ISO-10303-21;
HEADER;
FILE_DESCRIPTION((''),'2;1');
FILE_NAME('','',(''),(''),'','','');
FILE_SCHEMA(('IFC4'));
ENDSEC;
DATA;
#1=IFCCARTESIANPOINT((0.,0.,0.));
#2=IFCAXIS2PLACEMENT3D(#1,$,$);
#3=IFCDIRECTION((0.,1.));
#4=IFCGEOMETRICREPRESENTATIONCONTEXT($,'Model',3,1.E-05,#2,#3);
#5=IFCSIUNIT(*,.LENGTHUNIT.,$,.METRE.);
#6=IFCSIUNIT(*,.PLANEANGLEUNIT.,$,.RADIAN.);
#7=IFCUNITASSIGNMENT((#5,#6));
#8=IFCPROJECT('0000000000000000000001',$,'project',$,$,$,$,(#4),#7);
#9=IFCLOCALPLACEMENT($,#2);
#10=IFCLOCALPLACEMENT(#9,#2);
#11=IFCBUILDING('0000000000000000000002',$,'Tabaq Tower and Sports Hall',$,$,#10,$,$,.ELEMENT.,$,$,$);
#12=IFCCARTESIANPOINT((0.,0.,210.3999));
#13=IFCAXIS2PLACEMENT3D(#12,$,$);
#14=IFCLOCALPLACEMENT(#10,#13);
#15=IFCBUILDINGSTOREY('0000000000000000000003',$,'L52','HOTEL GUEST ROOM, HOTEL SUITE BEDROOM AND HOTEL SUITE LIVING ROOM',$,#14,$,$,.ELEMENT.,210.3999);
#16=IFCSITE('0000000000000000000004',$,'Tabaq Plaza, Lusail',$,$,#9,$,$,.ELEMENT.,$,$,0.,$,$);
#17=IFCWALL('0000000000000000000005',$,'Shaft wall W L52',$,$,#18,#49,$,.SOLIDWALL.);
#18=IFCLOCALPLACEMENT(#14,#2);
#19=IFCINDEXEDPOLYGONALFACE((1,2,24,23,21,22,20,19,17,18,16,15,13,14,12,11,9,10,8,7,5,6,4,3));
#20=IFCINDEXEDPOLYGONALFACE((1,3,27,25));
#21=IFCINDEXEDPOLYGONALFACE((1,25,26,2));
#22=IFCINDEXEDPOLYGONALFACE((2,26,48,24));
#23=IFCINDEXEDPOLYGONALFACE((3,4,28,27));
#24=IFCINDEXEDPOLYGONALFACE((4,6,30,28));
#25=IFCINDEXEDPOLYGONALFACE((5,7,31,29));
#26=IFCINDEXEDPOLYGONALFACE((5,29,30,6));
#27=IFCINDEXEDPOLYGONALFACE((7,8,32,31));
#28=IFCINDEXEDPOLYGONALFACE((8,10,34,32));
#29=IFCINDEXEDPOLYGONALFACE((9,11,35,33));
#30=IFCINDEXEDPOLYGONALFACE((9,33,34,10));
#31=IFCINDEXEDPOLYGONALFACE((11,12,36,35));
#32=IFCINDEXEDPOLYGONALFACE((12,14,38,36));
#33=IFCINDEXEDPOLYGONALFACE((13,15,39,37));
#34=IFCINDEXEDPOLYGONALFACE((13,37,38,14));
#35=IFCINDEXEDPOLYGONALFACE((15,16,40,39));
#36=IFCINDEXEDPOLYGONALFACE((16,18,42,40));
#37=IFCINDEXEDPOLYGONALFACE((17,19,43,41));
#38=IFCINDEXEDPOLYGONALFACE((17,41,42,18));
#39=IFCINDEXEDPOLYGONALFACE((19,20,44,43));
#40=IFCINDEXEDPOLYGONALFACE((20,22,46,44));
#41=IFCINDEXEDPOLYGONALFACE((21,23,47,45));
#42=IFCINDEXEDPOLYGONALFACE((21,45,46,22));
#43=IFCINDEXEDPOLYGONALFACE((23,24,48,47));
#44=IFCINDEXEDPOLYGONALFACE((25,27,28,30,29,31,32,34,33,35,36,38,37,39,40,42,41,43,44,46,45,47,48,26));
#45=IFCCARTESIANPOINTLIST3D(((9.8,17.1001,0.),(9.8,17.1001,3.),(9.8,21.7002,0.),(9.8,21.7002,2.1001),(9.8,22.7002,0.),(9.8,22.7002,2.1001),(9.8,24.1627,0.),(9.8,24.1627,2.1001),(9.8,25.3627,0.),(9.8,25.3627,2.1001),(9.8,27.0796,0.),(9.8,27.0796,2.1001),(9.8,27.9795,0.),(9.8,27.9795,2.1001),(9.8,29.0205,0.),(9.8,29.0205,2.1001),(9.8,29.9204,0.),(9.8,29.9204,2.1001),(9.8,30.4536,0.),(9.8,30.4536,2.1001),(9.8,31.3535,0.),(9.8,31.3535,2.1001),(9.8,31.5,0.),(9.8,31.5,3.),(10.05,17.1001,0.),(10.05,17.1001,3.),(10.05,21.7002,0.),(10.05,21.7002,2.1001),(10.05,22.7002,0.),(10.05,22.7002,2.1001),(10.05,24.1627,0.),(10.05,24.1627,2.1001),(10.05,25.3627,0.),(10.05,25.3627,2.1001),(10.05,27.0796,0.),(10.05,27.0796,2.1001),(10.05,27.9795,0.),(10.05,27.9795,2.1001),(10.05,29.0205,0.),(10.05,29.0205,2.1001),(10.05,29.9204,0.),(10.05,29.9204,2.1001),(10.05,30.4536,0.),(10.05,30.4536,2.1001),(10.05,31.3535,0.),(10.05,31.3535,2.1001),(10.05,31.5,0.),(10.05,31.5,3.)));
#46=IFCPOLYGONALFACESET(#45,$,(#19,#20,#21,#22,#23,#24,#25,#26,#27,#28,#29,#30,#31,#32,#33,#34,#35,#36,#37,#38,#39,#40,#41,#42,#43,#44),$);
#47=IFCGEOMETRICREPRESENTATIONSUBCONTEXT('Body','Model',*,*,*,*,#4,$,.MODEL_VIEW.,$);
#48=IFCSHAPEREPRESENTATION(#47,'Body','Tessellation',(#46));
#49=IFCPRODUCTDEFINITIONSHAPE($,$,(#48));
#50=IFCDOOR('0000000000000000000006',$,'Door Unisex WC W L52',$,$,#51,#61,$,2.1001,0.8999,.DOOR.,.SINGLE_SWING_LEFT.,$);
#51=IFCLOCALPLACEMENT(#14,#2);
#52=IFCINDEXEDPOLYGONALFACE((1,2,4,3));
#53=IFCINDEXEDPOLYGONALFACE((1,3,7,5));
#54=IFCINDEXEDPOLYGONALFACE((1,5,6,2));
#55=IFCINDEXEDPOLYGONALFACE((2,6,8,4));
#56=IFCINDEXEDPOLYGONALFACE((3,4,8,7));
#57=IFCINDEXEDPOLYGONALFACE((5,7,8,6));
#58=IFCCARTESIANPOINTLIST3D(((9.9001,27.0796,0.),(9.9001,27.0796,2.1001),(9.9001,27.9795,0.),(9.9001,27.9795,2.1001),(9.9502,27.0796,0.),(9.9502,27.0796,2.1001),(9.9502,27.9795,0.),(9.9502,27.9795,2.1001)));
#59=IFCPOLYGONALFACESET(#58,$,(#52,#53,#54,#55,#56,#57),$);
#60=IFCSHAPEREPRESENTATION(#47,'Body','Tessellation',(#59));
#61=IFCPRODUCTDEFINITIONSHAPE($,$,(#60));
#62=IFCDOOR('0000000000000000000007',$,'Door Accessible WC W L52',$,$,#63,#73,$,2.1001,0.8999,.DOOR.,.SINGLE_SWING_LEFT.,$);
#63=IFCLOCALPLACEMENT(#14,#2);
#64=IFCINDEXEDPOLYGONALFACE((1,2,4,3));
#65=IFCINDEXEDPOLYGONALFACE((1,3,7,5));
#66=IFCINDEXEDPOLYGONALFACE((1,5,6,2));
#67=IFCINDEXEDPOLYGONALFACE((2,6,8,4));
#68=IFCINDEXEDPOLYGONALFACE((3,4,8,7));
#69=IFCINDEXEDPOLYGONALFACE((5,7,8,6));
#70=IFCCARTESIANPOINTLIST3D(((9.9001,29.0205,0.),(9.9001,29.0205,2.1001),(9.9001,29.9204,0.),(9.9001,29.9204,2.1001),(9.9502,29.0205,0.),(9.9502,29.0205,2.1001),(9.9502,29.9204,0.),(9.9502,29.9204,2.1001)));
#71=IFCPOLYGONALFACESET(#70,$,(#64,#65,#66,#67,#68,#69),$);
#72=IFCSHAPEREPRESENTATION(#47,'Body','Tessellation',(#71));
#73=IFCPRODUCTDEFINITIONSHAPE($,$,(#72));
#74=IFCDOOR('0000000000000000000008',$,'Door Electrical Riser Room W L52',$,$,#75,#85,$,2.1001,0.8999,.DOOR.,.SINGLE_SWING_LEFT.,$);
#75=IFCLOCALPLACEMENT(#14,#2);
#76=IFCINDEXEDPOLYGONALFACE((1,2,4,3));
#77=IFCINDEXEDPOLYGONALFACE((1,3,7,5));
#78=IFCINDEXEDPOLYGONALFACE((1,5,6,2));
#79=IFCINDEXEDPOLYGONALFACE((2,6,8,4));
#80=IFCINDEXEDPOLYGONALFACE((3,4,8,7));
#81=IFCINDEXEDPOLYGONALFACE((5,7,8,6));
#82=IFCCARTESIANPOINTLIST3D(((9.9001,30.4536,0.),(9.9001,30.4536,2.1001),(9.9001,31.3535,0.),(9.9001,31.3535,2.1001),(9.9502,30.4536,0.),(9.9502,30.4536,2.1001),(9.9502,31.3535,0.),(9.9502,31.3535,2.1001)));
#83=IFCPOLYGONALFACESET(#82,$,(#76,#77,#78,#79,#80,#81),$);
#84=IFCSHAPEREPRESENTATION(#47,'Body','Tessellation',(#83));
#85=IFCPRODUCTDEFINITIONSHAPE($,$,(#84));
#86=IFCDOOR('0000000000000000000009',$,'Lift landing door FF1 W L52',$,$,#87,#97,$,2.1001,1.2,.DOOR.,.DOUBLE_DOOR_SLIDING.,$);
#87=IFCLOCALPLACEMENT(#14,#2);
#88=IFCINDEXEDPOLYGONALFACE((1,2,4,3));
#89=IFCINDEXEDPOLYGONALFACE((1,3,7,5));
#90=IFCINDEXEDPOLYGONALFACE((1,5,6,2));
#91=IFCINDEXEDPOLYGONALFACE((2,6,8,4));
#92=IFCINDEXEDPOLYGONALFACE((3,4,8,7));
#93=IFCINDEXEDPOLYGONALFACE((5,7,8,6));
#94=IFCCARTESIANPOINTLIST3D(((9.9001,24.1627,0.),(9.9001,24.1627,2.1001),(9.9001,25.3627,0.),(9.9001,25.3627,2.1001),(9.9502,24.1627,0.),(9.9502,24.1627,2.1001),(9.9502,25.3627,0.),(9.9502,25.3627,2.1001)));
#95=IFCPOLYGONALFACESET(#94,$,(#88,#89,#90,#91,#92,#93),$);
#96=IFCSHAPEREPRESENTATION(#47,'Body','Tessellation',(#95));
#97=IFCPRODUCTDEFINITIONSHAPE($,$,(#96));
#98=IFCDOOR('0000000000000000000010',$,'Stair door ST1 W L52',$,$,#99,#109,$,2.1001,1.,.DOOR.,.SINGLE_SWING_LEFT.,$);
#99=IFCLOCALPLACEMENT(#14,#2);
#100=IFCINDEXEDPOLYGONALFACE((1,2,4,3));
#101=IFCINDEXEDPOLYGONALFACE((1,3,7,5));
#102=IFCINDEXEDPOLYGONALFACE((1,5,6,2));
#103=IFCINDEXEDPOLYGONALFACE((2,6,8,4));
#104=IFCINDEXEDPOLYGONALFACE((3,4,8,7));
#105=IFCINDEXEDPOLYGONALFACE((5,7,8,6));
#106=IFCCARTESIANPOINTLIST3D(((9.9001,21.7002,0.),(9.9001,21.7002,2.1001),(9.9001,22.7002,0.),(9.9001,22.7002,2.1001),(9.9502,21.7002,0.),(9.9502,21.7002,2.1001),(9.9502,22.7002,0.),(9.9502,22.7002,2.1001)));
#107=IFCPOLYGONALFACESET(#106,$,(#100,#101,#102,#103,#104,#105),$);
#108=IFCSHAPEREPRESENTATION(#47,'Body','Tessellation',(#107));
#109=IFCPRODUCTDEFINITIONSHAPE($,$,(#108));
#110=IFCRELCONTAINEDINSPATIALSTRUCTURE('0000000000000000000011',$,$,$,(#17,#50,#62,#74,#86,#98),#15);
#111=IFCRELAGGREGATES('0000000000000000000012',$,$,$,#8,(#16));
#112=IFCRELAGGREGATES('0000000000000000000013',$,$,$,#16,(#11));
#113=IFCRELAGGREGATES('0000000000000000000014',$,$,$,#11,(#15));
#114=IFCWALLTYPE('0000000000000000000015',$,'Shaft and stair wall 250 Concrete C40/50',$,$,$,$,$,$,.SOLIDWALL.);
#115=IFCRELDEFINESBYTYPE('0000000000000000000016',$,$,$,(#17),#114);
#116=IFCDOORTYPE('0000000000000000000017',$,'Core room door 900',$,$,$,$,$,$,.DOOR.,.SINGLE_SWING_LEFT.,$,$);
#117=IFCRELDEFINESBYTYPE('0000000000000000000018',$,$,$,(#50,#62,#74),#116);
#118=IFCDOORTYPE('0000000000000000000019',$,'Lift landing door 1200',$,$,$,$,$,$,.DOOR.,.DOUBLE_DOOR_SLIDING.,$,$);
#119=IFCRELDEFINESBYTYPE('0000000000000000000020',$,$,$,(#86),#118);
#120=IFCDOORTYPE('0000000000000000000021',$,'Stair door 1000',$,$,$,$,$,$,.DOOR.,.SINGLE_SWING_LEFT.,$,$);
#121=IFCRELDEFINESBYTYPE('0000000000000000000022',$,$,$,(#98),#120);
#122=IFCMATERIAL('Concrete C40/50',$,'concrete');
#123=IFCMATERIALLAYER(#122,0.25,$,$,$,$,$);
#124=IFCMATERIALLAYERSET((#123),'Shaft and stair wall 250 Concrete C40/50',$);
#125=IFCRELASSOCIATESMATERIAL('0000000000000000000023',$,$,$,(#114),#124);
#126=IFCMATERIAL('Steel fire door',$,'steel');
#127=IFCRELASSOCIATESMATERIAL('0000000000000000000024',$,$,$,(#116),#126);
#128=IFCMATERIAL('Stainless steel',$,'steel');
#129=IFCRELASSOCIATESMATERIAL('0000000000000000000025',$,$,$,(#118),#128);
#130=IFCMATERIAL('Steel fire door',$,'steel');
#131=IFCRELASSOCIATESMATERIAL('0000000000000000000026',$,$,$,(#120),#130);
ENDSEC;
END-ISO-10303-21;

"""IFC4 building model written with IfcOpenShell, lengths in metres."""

from ifc_helpers import new_model, si_unit, direction, frame, frame_2d, origin, place, context, subcontext, project, spatial, rectangle, extrude, material, layer, layer_set, type_object, element, fill, save


model = new_model("IFC4")

# Units and contexts
model_context = context("Model", 3, precision=1e-05, world=origin(), true_north=direction((0.0, 1.0)))
body_context = subcontext(model_context, "Body", "Model", "MODEL_VIEW")
ifc_project = project(units=[si_unit("LENGTHUNIT", "METRE"), si_unit("PLANEANGLEUNIT", "RADIAN")], contexts=[model_context])

# Site, building, storey
site_placement = place(None, origin())
site = spatial("IfcSite", under=ifc_project, at=site_placement, Name="Tabaq Plaza, Lusail", CompositionType="ELEMENT", RefElevation=0.0)
building_placement = place(site_placement, origin())
building = spatial("IfcBuilding", under=site, at=building_placement, Name="Tabaq Tower and Sports Hall", CompositionType="ELEMENT")
storey_placement = place(building_placement, frame((0.0, 0.0, 210.3999)))
storey = spatial("IfcBuildingStorey", under=building, at=storey_placement, Name="L52", Description="HOTEL GUEST ROOM, HOTEL SUITE BEDROOM AND HOTEL SUITE LIVING ROOM", CompositionType="ELEMENT", Elevation=210.3999)

# Wall, openings, doors
ifc_material_1 = material(Name="Concrete C40/50", Category="concrete")
ifc_layer_1 = layer(ifc_material_1, 0.25)
ifc_layer_set_1 = layer_set([ifc_layer_1], Name="Shaft and stair wall 250 Concrete C40/50")
wall_type_1 = type_object("IfcWallType", Name="Shaft and stair wall 250 Concrete C40/50", PredefinedType="SOLIDWALL", material=ifc_layer_set_1)
wall_1_placement = place(storey_placement, frame((9.925, 17.1001, 0.0), z_axis=(0.0, 0.0, 1.0), x_axis=(0.0, 1.0, 0.0)))
wall_1 = element("IfcWall", 1, at=wall_1_placement, inside=storey, type_object=wall_type_1, Name="Shaft wall W L52", PredefinedType="SOLIDWALL", context=body_context, shape_type="SweptSolid", body=[
    extrude(rectangle(XDim=14.3999, YDim=0.25, at=frame_2d((7.2, 0.0))), origin(), (0.0, 0.0, 1.0), 3.0),
])
opening_1_placement = place(wall_1_placement, frame((4.6001, 0.0, 0.0)))
opening_1 = element("IfcOpeningElement", 2, at=opening_1_placement, cuts=wall_1, PredefinedType="OPENING", context=body_context, shape_type="SweptSolid", body=[
    extrude(rectangle(XDim=1.0, YDim=2.1001, at=frame_2d((0.5, 1.05))), frame((0.0, 0.125, 0.0), z_axis=(0.0, -1.0, 0.0), x_axis=(1.0, 0.0, 0.0)), (0.0, 0.0, 1.0), 0.25),
])
opening_2_placement = place(wall_1_placement, frame((7.0625, 0.0, 0.0)))
opening_2 = element("IfcOpeningElement", 3, at=opening_2_placement, cuts=wall_1, PredefinedType="OPENING", context=body_context, shape_type="SweptSolid", body=[
    extrude(rectangle(XDim=1.2, YDim=2.1001, at=frame_2d((0.6001, 1.05))), frame((0.0, 0.125, 0.0), z_axis=(0.0, -1.0, 0.0), x_axis=(1.0, 0.0, 0.0)), (0.0, 0.0, 1.0), 0.25),
])
opening_3_placement = place(wall_1_placement, frame((9.9795, 0.0, 0.0)))
opening_3 = element("IfcOpeningElement", 4, at=opening_3_placement, cuts=wall_1, PredefinedType="OPENING", context=body_context, shape_type="SweptSolid", body=[
    extrude(rectangle(XDim=0.8999, YDim=2.1001, at=frame_2d((0.45, 1.05))), frame((0.0, 0.125, 0.0), z_axis=(0.0, -1.0, 0.0), x_axis=(1.0, 0.0, 0.0)), (0.0, 0.0, 1.0), 0.25),
])
opening_4_placement = place(wall_1_placement, frame((11.9204, 0.0, 0.0)))
opening_4 = element("IfcOpeningElement", 5, at=opening_4_placement, cuts=wall_1, PredefinedType="OPENING", context=body_context, shape_type="SweptSolid", body=[
    extrude(rectangle(XDim=0.8999, YDim=2.1001, at=frame_2d((0.45, 1.05))), frame((0.0, 0.125, 0.0), z_axis=(0.0, -1.0, 0.0), x_axis=(1.0, 0.0, 0.0)), (0.0, 0.0, 1.0), 0.25),
])
opening_5_placement = place(wall_1_placement, frame((13.3535, 0.0, 0.0)))
opening_5 = element("IfcOpeningElement", 6, at=opening_5_placement, cuts=wall_1, PredefinedType="OPENING", context=body_context, shape_type="SweptSolid", body=[
    extrude(rectangle(XDim=0.8999, YDim=2.1001, at=frame_2d((0.45, 1.05))), frame((0.0, 0.125, 0.0), z_axis=(0.0, -1.0, 0.0), x_axis=(1.0, 0.0, 0.0)), (0.0, 0.0, 1.0), 0.25),
])
ifc_material_2 = material(Name="Steel fire door", Category="steel")
door_type_1 = type_object("IfcDoorType", Name="Core room door 900", OperationType="SINGLE_SWING_LEFT", PredefinedType="DOOR", material=ifc_material_2)
door_1_placement = place(opening_3_placement, origin())
door_1 = element("IfcDoor", 7, at=door_1_placement, inside=storey, type_object=door_type_1, Name="Door Unisex WC W L52", OperationType="SINGLE_SWING_LEFT", OverallHeight=2.1001, OverallWidth=0.8999, PredefinedType="DOOR", context=body_context, shape_type="SweptSolid", body=[
    extrude(rectangle(XDim=0.8999, YDim=2.1001, at=frame_2d((0.45, 1.05))), frame((0.0, 0.0249, 0.0), z_axis=(0.0, -1.0, 0.0), x_axis=(1.0, 0.0, 0.0)), (0.0, 0.0, 1.0), 0.05),
])
fill(opening_3, door_1)
door_2_placement = place(opening_4_placement, origin())
door_2 = element("IfcDoor", 8, at=door_2_placement, inside=storey, type_object=door_type_1, Name="Door Accessible WC W L52", OperationType="SINGLE_SWING_LEFT", OverallHeight=2.1001, OverallWidth=0.8999, PredefinedType="DOOR", context=body_context, shape_type="SweptSolid", body=[
    extrude(rectangle(XDim=0.8999, YDim=2.1001, at=frame_2d((0.45, 1.05))), frame((0.0, 0.0249, 0.0), z_axis=(0.0, -1.0, 0.0), x_axis=(1.0, 0.0, 0.0)), (0.0, 0.0, 1.0), 0.05),
])
fill(opening_4, door_2)
door_3_placement = place(opening_5_placement, origin())
door_3 = element("IfcDoor", 9, at=door_3_placement, inside=storey, type_object=door_type_1, Name="Door Electrical Riser Room W L52", OperationType="SINGLE_SWING_LEFT", OverallHeight=2.1001, OverallWidth=0.8999, PredefinedType="DOOR", context=body_context, shape_type="SweptSolid", body=[
    extrude(rectangle(XDim=0.8999, YDim=2.1001, at=frame_2d((0.45, 1.05))), frame((0.0, 0.0249, 0.0), z_axis=(0.0, -1.0, 0.0), x_axis=(1.0, 0.0, 0.0)), (0.0, 0.0, 1.0), 0.05),
])
fill(opening_5, door_3)
ifc_material_3 = material(Name="Stainless steel", Category="steel")
door_type_2 = type_object("IfcDoorType", Name="Lift landing door 1200", OperationType="DOUBLE_DOOR_SLIDING", PredefinedType="DOOR", material=ifc_material_3)
door_4_placement = place(opening_2_placement, origin())
door_4 = element("IfcDoor", 10, at=door_4_placement, inside=storey, type_object=door_type_2, Name="Lift landing door FF1 W L52", OperationType="DOUBLE_DOOR_SLIDING", OverallHeight=2.1001, OverallWidth=1.2, PredefinedType="DOOR", context=body_context, shape_type="SweptSolid", body=[
    extrude(rectangle(XDim=1.2, YDim=2.1001, at=frame_2d((0.6001, 1.05))), frame((0.0, 0.0249, 0.0), z_axis=(0.0, -1.0, 0.0), x_axis=(1.0, 0.0, 0.0)), (0.0, 0.0, 1.0), 0.05),
])
fill(opening_2, door_4)
ifc_material_4 = material(Name="Steel fire door", Category="steel")
door_type_3 = type_object("IfcDoorType", Name="Stair door 1000", OperationType="SINGLE_SWING_LEFT", PredefinedType="DOOR", material=ifc_material_4)
door_5_placement = place(opening_1_placement, origin())
door_5 = element("IfcDoor", 11, at=door_5_placement, inside=storey, type_object=door_type_3, Name="Stair door ST1 W L52", OperationType="SINGLE_SWING_LEFT", OverallHeight=2.1001, OverallWidth=1.0, PredefinedType="DOOR", context=body_context, shape_type="SweptSolid", body=[
    extrude(rectangle(XDim=1.0, YDim=2.1001, at=frame_2d((0.5, 1.05))), frame((0.0, 0.0249, 0.0), z_axis=(0.0, -1.0, 0.0), x_axis=(1.0, 0.0, 0.0)), (0.0, 0.0, 1.0), 0.05),
])
fill(opening_1, door_5)

save(model, "model.ifc")
